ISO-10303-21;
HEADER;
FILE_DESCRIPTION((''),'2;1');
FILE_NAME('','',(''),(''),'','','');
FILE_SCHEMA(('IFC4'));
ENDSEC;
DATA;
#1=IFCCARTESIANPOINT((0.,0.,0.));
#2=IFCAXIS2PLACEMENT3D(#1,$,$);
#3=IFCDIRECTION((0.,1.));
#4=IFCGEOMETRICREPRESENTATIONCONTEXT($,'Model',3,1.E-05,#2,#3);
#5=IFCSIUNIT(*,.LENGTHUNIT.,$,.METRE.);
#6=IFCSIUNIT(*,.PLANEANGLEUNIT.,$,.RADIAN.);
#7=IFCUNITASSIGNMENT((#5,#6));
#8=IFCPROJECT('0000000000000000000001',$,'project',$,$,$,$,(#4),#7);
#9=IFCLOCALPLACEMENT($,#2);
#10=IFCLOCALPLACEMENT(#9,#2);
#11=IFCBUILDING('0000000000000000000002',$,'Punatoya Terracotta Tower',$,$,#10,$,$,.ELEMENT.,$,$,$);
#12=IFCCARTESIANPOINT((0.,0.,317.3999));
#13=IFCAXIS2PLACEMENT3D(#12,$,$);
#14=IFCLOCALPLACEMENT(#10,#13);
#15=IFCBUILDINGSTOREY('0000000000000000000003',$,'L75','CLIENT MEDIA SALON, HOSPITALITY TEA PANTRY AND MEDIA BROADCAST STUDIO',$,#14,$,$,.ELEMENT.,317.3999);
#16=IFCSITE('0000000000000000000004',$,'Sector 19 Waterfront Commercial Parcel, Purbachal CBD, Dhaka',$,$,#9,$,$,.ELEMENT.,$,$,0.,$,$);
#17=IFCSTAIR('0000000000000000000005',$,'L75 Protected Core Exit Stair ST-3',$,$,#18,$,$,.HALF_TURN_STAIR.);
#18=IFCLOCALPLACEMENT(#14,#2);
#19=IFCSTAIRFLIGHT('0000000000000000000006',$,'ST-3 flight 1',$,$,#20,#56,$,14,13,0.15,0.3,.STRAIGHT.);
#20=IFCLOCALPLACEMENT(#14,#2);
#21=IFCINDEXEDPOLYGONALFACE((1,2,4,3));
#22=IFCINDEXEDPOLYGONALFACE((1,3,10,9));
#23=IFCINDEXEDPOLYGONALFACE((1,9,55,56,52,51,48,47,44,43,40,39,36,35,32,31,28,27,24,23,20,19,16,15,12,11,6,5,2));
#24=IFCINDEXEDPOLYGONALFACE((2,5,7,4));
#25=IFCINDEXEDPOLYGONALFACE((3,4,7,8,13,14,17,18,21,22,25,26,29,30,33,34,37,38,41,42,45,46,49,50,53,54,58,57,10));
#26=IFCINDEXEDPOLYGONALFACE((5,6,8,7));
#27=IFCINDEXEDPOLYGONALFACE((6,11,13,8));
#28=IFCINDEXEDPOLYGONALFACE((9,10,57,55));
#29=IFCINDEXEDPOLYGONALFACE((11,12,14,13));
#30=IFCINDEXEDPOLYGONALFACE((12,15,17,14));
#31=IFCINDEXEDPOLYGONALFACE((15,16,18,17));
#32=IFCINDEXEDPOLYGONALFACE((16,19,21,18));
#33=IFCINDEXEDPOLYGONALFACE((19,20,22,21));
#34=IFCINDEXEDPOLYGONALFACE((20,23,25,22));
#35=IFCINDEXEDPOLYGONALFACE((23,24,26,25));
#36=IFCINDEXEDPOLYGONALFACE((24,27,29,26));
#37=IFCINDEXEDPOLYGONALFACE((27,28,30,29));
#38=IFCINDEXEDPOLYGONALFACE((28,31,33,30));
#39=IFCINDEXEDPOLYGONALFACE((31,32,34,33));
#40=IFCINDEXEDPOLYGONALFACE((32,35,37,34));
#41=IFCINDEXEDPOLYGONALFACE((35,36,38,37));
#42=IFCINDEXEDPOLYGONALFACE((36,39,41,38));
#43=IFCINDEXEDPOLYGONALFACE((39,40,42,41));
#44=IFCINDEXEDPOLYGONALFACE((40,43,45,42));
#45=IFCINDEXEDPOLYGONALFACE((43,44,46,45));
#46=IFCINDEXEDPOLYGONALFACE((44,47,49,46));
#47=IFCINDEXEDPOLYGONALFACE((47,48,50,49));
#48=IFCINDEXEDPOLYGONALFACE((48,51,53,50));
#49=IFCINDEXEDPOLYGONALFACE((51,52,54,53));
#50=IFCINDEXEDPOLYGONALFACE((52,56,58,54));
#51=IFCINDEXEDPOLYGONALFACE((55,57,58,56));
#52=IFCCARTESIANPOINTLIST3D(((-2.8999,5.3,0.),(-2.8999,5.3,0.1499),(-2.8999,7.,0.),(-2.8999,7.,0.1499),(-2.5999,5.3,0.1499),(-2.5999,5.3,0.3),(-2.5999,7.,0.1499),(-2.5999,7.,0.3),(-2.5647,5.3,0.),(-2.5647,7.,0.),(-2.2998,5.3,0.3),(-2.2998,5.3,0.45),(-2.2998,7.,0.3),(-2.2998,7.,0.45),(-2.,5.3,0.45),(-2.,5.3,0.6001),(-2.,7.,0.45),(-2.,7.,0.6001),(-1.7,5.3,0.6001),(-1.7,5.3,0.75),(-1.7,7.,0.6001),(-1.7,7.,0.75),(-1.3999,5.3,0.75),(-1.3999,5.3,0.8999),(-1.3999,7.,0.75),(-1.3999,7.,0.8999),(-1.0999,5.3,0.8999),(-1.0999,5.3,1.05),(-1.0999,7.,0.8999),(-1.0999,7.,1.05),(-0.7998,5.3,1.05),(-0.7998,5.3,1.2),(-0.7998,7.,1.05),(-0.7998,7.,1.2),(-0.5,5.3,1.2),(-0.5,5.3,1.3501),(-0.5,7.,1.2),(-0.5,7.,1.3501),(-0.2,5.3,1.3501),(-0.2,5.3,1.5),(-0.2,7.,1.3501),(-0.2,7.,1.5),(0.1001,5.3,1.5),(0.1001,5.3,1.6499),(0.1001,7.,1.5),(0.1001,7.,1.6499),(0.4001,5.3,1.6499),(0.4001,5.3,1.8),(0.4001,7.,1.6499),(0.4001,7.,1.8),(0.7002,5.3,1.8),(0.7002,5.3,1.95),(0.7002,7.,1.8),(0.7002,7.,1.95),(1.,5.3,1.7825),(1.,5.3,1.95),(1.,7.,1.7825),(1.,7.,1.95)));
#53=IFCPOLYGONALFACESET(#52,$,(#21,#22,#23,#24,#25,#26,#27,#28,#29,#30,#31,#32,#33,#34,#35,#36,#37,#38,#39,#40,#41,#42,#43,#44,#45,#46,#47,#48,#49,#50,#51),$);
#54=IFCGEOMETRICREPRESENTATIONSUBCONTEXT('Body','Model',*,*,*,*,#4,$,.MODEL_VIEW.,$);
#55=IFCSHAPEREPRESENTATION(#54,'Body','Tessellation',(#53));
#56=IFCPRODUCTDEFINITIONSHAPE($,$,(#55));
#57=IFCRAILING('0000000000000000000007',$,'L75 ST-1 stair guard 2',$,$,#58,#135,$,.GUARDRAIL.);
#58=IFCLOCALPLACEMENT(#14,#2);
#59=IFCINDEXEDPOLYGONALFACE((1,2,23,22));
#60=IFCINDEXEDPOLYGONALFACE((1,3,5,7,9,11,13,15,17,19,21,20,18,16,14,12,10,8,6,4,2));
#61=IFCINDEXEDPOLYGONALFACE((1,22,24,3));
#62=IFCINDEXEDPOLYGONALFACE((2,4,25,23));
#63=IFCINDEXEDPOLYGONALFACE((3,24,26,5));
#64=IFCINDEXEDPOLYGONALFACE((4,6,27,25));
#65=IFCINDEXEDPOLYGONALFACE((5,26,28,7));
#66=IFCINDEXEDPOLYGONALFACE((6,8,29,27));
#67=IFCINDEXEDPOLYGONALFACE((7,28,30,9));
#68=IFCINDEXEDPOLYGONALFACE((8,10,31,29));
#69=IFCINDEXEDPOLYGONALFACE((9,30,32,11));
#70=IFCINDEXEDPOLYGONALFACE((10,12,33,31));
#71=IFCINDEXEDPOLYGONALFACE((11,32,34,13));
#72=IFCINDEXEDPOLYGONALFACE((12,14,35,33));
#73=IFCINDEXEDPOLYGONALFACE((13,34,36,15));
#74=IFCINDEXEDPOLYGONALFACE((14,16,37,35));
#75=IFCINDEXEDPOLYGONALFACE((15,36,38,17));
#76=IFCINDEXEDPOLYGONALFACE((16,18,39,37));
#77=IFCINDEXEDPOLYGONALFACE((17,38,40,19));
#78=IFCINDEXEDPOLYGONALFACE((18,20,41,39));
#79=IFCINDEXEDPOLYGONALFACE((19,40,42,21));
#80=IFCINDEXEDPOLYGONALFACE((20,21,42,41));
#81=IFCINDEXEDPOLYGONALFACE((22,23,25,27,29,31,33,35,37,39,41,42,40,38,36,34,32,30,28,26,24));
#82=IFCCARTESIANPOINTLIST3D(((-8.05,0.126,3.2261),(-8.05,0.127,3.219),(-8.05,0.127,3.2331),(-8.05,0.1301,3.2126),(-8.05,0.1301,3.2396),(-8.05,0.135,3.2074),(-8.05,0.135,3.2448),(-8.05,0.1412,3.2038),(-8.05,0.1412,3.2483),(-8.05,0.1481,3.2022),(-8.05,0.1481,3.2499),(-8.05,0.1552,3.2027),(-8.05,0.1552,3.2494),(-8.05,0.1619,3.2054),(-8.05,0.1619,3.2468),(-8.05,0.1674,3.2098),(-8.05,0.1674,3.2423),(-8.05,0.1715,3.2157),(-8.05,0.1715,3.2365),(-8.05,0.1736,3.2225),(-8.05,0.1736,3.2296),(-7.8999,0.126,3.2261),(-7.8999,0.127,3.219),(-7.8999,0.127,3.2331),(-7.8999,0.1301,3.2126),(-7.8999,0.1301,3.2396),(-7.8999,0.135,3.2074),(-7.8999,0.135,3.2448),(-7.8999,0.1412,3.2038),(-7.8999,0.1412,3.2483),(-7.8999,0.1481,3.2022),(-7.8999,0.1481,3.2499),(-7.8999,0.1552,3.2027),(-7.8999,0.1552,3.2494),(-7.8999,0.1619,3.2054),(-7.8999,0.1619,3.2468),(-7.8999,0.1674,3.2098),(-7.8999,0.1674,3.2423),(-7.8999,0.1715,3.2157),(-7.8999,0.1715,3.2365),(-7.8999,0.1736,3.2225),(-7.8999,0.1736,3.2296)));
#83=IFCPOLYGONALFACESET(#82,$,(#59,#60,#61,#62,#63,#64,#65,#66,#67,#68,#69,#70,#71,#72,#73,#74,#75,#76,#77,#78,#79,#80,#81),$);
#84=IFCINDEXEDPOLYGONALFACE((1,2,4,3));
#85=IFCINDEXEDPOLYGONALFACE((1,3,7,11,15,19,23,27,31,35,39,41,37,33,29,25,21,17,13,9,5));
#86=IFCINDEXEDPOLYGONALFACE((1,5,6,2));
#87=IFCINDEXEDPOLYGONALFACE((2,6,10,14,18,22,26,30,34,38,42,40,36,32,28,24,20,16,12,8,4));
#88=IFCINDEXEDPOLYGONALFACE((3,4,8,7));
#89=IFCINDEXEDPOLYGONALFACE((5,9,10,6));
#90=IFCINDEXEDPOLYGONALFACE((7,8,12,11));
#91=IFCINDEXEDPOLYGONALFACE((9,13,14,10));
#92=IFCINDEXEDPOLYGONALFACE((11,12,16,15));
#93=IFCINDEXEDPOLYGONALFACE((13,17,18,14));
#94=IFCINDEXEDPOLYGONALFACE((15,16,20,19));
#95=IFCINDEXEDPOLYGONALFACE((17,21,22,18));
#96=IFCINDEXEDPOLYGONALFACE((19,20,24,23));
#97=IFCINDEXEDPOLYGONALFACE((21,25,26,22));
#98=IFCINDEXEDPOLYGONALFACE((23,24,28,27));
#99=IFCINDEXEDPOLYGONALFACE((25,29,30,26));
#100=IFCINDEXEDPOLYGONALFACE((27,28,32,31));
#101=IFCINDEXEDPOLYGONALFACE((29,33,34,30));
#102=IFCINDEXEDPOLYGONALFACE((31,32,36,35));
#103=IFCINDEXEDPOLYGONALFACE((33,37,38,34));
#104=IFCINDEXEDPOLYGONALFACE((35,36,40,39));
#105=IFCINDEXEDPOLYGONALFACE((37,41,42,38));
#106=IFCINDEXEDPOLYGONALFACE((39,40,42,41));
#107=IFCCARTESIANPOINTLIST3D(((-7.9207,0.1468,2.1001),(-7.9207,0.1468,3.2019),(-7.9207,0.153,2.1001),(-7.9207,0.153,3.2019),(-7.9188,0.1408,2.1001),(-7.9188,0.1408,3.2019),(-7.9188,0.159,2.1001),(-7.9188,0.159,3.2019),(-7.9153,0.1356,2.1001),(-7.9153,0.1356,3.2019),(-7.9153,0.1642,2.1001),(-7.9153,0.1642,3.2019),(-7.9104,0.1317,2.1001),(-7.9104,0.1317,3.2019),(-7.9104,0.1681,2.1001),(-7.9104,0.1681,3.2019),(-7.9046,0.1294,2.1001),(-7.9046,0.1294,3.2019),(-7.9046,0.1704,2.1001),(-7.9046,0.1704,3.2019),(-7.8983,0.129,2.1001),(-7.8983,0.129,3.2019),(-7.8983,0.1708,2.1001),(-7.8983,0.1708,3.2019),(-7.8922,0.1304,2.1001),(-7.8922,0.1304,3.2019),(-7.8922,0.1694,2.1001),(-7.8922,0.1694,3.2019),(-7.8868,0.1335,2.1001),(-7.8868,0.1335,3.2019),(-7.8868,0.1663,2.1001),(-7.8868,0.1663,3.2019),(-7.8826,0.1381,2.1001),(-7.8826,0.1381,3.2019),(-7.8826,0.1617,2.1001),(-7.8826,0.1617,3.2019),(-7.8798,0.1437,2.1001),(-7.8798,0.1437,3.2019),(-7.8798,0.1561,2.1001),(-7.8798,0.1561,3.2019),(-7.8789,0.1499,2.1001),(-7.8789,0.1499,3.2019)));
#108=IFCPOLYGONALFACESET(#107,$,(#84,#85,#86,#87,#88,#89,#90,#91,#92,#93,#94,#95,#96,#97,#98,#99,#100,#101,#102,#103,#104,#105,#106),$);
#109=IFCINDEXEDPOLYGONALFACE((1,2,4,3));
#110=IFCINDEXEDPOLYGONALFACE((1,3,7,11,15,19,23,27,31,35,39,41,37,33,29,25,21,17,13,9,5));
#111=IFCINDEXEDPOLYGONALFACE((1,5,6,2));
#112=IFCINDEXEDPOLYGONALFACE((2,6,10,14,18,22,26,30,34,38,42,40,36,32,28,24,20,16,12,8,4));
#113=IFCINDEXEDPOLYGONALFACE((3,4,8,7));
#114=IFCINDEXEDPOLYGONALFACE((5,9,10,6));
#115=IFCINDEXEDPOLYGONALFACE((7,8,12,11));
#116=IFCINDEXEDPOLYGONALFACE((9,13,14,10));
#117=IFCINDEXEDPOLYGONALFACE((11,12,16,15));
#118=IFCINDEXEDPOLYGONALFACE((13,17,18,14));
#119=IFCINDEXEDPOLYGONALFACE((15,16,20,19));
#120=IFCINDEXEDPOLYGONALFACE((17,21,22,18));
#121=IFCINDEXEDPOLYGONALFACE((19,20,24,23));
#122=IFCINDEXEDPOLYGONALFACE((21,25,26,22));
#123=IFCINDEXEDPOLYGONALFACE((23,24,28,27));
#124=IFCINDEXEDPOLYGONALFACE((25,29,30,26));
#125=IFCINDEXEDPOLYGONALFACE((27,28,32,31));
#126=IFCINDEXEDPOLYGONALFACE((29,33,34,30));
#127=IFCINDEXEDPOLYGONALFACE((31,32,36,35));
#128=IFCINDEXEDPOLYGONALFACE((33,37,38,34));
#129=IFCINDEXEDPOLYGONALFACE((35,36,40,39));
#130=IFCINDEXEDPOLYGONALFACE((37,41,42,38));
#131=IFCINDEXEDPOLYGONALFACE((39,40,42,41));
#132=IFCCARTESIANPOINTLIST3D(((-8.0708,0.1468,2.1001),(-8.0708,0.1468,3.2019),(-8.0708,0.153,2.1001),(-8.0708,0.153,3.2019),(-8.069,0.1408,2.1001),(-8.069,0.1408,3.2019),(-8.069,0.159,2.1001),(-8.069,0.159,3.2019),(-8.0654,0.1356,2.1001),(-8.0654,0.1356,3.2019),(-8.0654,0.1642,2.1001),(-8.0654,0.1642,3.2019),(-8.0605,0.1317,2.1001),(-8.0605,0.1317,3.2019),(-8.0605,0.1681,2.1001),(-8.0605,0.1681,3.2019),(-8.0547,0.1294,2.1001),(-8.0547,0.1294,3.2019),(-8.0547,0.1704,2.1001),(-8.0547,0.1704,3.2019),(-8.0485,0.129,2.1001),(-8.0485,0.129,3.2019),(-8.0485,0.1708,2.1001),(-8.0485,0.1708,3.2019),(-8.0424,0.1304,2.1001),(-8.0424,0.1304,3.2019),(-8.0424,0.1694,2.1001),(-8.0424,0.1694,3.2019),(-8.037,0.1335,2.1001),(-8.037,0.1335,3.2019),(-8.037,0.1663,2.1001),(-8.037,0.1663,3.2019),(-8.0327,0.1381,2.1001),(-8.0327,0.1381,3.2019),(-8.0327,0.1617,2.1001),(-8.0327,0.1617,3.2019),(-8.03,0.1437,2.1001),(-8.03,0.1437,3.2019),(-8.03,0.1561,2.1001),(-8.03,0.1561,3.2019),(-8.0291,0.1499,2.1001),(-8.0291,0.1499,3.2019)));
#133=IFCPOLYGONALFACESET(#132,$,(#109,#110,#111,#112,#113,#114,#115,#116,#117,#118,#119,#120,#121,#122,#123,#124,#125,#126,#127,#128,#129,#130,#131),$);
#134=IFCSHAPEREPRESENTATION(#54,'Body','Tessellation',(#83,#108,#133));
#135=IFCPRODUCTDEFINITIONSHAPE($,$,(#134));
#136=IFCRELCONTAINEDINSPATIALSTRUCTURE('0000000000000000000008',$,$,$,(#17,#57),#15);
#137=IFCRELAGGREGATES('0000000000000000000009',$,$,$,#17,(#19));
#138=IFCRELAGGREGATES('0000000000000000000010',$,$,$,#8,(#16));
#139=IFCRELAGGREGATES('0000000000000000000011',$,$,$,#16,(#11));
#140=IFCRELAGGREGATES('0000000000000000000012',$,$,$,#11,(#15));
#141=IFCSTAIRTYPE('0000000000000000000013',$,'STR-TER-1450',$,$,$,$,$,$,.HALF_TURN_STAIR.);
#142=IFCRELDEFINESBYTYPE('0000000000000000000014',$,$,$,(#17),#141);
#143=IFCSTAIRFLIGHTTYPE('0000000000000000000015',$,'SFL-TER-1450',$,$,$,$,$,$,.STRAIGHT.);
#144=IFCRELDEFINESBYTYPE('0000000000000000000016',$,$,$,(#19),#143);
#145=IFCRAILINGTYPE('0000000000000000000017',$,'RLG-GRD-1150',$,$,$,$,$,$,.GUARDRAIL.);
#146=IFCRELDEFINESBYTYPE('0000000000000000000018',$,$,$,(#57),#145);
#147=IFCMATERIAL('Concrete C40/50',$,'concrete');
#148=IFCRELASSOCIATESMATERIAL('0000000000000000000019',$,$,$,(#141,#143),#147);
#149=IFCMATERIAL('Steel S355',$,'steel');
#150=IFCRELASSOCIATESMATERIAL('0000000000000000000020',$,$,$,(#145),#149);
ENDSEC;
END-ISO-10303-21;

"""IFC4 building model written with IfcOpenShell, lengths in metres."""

from ifc_helpers import new_model, si_unit, direction, frame, origin, origin_2d, place, context, subcontext, project, spatial, polyline, circle, outline, extrude, material, type_object, element, aggregate, save


model = new_model("IFC4")

# Units and contexts
model_context = context("Model", 3, precision=1e-05, world=origin(), true_north=direction((0.0, 1.0)))
body_context = subcontext(model_context, "Body", "Model", "MODEL_VIEW")
ifc_project = project(units=[si_unit("LENGTHUNIT", "METRE"), si_unit("PLANEANGLEUNIT", "RADIAN")], contexts=[model_context])

# Site, building, storey
site_placement = place(None, origin())
site = spatial("IfcSite", under=ifc_project, at=site_placement, Name="Sector 19 Waterfront Commercial Parcel, Purbachal CBD, Dhaka", CompositionType="ELEMENT", RefElevation=0.0)
building_placement = place(site_placement, origin())
building = spatial("IfcBuilding", under=site, at=building_placement, Name="Punatoya Terracotta Tower", CompositionType="ELEMENT")
storey_placement = place(building_placement, frame((0.0, 0.0, 317.3999)))
storey = spatial("IfcBuildingStorey", under=building, at=storey_placement, Name="L75", Description="CLIENT MEDIA SALON, HOSPITALITY TEA PANTRY AND MEDIA BROADCAST STUDIO", CompositionType="ELEMENT", Elevation=317.3999)

# Shared definitions
ifc_material_1 = material(Name="Concrete C40/50", Category="concrete")

# Stair, stair flight
stair_type_1 = type_object("IfcStairType", Name="STR-TER-1450", PredefinedType="HALF_TURN_STAIR", material=ifc_material_1)
stair_1_placement = place(storey_placement, origin())
stair_1 = element("IfcStair", 1, at=stair_1_placement, inside=storey, type_object=stair_type_1, Name="L75 Protected Core Exit Stair ST-3", PredefinedType="HALF_TURN_STAIR")
stair_flight_type_1 = type_object("IfcStairFlightType", Name="SFL-TER-1450", PredefinedType="STRAIGHT", material=ifc_material_1)
stair_flight_1_placement = place(storey_placement, frame((-2.8999, 6.1499, 0.0), z_axis=(0.0, 0.0, 1.0), x_axis=(1.0, 0.0, 0.0)))
stair_flight_1 = element("IfcStairFlight", 2, at=stair_flight_1_placement, type_object=stair_flight_type_1, Name="ST-3 flight 1", NumberOfRisers=14, NumberOfTreads=13, PredefinedType="STRAIGHT", RiserHeight=0.15, TreadLength=0.3, context=body_context, shape_type="SweptSolid", body=[
    extrude(outline(polyline([(0.0, 0.0), (0.0, 0.1499), (0.3, 0.1499), (0.3, 0.3), (0.6001, 0.3), (0.6001, 0.45), (0.8999, 0.45), (0.8999, 0.6001), (1.2, 0.6001), (1.2, 0.75), (1.5, 0.75), (1.5, 0.8999), (1.8, 0.8999), (1.8, 1.05), (2.1001, 1.05), (2.1001, 1.2), (2.3999, 1.2), (2.3999, 1.3501), (2.7, 1.3501), (2.7, 1.5), (3.0, 1.5), (3.0, 1.6499), (3.3, 1.6499), (3.3, 1.8), (3.6001, 1.8), (3.6001, 1.95), (3.8999, 1.95), (3.8999, 2.1001), (3.8999, 1.7825), (0.3352, 0.0), (0.0, 0.0)])), frame((0.0, 0.8501, 0.0), z_axis=(0.0, -1.0, 0.0), x_axis=(1.0, 0.0, 0.0)), (0.0, 0.0, 1.0), 1.7),
])
aggregate(stair_1, [stair_flight_1])

# Railing
ifc_material_2 = material(Name="Steel S355", Category="steel")
railing_type_1 = type_object("IfcRailingType", Name="RLG-GRD-1150", PredefinedType="GUARDRAIL", material=ifc_material_2)
railing_1_placement = place(storey_placement, frame((-7.8999, 0.1499, 2.1001)))
element("IfcRailing", 3, at=railing_1_placement, inside=storey, type_object=railing_type_1, Name="L75 ST-1 stair guard 2", PredefinedType="GUARDRAIL", context=body_context, shape_type="SweptSolid", body=[
    extrude(circle(Radius=0.0239, at=origin_2d()), frame((0.0, 0.0, 1.126), z_axis=(-1.0, 0.0, 0.0), x_axis=(0.0, -1.0, 0.0)), (0.0, 0.0, 1.0), 0.1501),
    extrude(circle(Radius=0.021, at=origin_2d()), origin(), (0.0, 0.0, 1.0), 1.1018),
    extrude(circle(Radius=0.021, at=origin_2d()), frame((-0.1501, 0.0, 0.0)), (0.0, 0.0, 1.0), 1.1018),
])

save(model, "model.ifc")
